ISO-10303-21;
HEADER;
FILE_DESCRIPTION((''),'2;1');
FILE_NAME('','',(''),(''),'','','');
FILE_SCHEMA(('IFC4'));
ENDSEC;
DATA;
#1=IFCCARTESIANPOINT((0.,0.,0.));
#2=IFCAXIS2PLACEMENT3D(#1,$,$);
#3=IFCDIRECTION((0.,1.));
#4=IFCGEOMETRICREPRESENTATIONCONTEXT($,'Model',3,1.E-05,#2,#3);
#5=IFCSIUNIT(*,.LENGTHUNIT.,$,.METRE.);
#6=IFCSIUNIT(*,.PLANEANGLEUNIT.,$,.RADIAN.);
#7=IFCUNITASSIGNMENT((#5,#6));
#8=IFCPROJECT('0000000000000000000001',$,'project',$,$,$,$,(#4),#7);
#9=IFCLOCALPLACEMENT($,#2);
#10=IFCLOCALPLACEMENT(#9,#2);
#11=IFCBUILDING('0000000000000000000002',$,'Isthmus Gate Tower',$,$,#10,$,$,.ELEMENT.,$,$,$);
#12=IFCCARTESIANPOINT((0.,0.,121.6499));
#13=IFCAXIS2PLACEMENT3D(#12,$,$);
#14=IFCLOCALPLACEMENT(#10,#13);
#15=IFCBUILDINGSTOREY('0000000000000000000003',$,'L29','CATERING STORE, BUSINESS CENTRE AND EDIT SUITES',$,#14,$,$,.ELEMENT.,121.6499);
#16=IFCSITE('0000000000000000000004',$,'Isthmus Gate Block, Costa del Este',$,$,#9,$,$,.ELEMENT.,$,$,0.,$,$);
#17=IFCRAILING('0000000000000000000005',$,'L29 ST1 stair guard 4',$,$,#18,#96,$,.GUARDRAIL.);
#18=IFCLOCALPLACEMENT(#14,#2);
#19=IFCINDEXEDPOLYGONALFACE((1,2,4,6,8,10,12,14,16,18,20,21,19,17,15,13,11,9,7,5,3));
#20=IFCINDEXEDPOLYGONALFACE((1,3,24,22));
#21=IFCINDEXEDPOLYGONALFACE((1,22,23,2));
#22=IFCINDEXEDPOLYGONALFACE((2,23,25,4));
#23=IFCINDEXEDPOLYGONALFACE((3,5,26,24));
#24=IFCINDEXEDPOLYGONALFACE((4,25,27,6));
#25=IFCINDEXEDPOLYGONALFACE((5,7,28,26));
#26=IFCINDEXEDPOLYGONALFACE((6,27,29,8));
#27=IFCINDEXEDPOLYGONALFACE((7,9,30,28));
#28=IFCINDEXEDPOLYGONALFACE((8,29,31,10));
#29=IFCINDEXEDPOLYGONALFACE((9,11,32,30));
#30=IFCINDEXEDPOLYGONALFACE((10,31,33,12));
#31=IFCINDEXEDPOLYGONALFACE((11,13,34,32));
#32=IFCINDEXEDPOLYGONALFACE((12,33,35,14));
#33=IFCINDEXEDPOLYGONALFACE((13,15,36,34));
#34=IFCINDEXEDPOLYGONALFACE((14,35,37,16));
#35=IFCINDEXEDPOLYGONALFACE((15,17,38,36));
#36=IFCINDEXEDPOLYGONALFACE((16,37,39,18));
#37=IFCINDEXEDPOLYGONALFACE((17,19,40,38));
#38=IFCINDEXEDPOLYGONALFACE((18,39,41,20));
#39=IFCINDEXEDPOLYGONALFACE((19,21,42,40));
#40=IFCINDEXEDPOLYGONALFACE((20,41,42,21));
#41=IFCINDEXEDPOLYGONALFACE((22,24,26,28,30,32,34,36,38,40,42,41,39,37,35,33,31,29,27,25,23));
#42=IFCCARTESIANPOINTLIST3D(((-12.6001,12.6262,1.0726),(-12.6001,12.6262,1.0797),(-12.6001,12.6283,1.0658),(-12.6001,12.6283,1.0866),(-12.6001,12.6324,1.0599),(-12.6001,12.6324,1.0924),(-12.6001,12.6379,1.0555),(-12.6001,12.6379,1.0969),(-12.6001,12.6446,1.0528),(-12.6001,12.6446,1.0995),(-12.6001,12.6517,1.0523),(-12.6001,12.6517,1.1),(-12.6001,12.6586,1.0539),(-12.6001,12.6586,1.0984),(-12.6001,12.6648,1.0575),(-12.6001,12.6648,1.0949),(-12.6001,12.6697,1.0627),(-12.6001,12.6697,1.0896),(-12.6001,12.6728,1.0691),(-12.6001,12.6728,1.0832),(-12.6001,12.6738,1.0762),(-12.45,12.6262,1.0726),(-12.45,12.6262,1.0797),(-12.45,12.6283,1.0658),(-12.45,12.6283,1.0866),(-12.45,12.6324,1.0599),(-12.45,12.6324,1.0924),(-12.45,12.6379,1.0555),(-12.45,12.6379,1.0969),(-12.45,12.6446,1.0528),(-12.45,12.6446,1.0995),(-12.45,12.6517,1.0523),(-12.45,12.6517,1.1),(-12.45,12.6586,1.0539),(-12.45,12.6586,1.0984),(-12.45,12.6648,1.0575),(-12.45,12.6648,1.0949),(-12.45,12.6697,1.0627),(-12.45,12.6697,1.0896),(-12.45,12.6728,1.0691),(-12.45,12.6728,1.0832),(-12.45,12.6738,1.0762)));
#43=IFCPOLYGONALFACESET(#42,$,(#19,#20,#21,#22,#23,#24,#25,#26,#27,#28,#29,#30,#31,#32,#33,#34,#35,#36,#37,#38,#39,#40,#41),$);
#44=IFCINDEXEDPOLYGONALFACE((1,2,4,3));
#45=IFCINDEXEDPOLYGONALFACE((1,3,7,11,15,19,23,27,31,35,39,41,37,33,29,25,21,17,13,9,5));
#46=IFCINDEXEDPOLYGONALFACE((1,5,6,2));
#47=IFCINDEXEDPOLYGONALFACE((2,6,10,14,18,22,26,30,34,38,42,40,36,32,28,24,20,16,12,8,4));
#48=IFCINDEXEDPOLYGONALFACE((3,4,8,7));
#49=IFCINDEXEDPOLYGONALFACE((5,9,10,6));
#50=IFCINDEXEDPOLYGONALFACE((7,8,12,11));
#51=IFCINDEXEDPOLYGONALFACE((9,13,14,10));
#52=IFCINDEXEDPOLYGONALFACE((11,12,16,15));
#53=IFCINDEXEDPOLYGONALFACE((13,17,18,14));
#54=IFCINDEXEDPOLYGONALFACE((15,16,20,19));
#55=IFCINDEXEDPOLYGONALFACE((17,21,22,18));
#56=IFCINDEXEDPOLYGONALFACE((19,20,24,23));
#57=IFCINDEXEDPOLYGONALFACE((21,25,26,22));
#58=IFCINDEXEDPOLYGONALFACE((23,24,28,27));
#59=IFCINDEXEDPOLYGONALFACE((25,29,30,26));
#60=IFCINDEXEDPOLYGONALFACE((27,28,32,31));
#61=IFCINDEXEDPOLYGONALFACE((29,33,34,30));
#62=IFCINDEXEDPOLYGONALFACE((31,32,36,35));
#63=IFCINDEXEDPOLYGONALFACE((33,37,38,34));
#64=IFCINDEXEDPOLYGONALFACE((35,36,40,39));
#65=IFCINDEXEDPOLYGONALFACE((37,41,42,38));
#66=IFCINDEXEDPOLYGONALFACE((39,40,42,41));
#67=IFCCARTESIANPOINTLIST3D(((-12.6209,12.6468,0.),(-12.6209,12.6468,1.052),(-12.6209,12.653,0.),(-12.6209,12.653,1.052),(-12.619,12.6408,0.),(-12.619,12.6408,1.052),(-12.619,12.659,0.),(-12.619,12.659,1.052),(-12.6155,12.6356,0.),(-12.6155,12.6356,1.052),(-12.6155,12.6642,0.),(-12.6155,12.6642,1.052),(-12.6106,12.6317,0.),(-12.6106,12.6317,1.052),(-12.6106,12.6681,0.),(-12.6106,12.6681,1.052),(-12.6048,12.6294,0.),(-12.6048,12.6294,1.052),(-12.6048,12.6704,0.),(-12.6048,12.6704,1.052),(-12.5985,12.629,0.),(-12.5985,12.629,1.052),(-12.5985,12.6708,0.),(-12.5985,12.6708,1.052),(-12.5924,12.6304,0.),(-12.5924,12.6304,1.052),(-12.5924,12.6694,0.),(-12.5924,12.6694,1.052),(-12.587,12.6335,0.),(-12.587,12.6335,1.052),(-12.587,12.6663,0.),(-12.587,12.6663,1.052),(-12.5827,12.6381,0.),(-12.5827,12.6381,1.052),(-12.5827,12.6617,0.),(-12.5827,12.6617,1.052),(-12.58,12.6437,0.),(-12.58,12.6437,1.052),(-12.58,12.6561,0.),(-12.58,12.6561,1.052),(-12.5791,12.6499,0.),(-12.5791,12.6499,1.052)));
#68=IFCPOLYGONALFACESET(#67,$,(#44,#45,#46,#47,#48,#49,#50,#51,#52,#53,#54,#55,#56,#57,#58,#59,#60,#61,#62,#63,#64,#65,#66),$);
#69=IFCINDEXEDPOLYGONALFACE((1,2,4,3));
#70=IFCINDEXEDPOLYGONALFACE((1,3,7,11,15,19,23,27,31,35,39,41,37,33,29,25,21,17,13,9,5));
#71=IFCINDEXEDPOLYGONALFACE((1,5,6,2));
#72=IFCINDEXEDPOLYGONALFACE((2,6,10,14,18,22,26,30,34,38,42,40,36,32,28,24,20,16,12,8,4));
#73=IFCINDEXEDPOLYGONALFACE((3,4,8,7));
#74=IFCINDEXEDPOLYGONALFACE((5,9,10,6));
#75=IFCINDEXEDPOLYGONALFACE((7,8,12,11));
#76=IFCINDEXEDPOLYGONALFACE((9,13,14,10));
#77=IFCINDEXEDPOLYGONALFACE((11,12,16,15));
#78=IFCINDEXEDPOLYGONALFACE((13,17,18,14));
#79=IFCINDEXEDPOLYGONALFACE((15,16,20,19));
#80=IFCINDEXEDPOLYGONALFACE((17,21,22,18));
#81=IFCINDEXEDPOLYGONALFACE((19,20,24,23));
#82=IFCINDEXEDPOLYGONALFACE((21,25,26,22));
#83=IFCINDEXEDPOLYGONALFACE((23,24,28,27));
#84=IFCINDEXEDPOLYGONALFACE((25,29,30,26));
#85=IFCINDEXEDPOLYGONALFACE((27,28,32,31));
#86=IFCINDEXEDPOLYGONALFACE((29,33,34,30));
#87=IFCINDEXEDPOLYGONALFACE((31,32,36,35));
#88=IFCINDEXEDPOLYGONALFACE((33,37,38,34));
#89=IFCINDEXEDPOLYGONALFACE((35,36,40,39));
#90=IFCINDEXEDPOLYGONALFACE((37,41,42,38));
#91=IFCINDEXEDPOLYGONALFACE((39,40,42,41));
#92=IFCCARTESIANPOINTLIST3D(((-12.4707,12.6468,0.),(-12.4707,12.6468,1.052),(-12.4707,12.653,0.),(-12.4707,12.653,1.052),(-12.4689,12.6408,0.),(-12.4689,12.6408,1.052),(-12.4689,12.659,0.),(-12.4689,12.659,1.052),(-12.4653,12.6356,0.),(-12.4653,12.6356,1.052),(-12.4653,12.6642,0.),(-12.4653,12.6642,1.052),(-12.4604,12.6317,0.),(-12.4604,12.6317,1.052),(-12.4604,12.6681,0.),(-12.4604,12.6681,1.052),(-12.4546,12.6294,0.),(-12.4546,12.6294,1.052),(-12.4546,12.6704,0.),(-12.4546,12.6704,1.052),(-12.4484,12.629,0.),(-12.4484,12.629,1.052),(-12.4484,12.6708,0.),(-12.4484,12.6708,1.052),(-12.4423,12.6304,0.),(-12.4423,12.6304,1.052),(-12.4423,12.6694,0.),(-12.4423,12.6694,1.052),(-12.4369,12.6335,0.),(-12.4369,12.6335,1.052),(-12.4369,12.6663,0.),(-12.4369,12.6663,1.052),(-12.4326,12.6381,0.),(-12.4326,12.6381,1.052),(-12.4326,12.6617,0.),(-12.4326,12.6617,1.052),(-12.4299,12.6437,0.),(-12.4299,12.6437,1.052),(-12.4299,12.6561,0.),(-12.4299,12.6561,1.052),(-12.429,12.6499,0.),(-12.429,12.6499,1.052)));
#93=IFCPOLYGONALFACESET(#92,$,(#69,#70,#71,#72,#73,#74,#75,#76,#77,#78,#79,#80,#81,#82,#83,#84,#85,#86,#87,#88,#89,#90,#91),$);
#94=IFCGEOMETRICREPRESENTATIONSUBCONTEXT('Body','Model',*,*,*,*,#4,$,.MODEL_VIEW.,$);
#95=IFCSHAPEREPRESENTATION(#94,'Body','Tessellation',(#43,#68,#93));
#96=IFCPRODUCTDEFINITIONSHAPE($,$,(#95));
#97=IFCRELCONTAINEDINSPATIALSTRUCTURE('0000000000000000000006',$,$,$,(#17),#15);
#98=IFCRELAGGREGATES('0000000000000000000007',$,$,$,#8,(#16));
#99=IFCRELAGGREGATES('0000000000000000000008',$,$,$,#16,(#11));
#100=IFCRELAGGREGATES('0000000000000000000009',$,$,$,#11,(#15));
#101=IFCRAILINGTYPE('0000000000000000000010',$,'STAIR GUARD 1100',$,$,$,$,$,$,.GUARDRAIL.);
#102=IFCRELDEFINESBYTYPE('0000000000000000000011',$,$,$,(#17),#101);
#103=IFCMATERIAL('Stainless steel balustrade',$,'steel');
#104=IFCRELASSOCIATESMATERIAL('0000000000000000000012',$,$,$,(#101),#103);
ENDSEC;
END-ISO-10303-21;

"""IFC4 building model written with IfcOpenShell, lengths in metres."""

from ifc_helpers import new_model, si_unit, direction, frame, origin, origin_2d, place, context, subcontext, project, spatial, circle, extrude, material, type_object, element, save


model = new_model("IFC4")

# Units and contexts
model_context = context("Model", 3, precision=1e-05, world=origin(), true_north=direction((0.0, 1.0)))
body_context = subcontext(model_context, "Body", "Model", "MODEL_VIEW")
ifc_project = project(units=[si_unit("LENGTHUNIT", "METRE"), si_unit("PLANEANGLEUNIT", "RADIAN")], contexts=[model_context])

# Site, building, storey
site_placement = place(None, origin())
site = spatial("IfcSite", under=ifc_project, at=site_placement, Name="Isthmus Gate Block, Costa del Este", CompositionType="ELEMENT", RefElevation=0.0)
building_placement = place(site_placement, origin())
building = spatial("IfcBuilding", under=site, at=building_placement, Name="Isthmus Gate Tower", CompositionType="ELEMENT")
storey_placement = place(building_placement, frame((0.0, 0.0, 121.6499)))
storey = spatial("IfcBuildingStorey", under=building, at=storey_placement, Name="L29", Description="CATERING STORE, BUSINESS CENTRE AND EDIT SUITES", CompositionType="ELEMENT", Elevation=121.6499)

# Railing
ifc_material_1 = material(Name="Stainless steel balustrade", Category="steel")
railing_type = type_object("IfcRailingType", Name="STAIR GUARD 1100", PredefinedType="GUARDRAIL", material=ifc_material_1)
railing_1_placement = place(storey_placement, frame((-12.6001, 12.6499, 0.0)))
element("IfcRailing", 1, at=railing_1_placement, inside=storey, type_object=railing_type, Name="L29 ST1 stair guard 4", PredefinedType="GUARDRAIL", context=body_context, shape_type="SweptSolid", body=[
    extrude(circle(Radius=0.0239, at=origin_2d()), frame((0.0, 0.0, 1.0762), z_axis=(1.0, 0.0, 0.0), x_axis=(0.0, 1.0, 0.0)), (0.0, 0.0, 1.0), 0.1501),
    extrude(circle(Radius=0.021, at=origin_2d()), origin(), (0.0, 0.0, 1.0), 1.052),
    extrude(circle(Radius=0.021, at=origin_2d()), frame((0.1501, 0.0, 0.0)), (0.0, 0.0, 1.0), 1.052),
])

save(model, "model.ifc")
